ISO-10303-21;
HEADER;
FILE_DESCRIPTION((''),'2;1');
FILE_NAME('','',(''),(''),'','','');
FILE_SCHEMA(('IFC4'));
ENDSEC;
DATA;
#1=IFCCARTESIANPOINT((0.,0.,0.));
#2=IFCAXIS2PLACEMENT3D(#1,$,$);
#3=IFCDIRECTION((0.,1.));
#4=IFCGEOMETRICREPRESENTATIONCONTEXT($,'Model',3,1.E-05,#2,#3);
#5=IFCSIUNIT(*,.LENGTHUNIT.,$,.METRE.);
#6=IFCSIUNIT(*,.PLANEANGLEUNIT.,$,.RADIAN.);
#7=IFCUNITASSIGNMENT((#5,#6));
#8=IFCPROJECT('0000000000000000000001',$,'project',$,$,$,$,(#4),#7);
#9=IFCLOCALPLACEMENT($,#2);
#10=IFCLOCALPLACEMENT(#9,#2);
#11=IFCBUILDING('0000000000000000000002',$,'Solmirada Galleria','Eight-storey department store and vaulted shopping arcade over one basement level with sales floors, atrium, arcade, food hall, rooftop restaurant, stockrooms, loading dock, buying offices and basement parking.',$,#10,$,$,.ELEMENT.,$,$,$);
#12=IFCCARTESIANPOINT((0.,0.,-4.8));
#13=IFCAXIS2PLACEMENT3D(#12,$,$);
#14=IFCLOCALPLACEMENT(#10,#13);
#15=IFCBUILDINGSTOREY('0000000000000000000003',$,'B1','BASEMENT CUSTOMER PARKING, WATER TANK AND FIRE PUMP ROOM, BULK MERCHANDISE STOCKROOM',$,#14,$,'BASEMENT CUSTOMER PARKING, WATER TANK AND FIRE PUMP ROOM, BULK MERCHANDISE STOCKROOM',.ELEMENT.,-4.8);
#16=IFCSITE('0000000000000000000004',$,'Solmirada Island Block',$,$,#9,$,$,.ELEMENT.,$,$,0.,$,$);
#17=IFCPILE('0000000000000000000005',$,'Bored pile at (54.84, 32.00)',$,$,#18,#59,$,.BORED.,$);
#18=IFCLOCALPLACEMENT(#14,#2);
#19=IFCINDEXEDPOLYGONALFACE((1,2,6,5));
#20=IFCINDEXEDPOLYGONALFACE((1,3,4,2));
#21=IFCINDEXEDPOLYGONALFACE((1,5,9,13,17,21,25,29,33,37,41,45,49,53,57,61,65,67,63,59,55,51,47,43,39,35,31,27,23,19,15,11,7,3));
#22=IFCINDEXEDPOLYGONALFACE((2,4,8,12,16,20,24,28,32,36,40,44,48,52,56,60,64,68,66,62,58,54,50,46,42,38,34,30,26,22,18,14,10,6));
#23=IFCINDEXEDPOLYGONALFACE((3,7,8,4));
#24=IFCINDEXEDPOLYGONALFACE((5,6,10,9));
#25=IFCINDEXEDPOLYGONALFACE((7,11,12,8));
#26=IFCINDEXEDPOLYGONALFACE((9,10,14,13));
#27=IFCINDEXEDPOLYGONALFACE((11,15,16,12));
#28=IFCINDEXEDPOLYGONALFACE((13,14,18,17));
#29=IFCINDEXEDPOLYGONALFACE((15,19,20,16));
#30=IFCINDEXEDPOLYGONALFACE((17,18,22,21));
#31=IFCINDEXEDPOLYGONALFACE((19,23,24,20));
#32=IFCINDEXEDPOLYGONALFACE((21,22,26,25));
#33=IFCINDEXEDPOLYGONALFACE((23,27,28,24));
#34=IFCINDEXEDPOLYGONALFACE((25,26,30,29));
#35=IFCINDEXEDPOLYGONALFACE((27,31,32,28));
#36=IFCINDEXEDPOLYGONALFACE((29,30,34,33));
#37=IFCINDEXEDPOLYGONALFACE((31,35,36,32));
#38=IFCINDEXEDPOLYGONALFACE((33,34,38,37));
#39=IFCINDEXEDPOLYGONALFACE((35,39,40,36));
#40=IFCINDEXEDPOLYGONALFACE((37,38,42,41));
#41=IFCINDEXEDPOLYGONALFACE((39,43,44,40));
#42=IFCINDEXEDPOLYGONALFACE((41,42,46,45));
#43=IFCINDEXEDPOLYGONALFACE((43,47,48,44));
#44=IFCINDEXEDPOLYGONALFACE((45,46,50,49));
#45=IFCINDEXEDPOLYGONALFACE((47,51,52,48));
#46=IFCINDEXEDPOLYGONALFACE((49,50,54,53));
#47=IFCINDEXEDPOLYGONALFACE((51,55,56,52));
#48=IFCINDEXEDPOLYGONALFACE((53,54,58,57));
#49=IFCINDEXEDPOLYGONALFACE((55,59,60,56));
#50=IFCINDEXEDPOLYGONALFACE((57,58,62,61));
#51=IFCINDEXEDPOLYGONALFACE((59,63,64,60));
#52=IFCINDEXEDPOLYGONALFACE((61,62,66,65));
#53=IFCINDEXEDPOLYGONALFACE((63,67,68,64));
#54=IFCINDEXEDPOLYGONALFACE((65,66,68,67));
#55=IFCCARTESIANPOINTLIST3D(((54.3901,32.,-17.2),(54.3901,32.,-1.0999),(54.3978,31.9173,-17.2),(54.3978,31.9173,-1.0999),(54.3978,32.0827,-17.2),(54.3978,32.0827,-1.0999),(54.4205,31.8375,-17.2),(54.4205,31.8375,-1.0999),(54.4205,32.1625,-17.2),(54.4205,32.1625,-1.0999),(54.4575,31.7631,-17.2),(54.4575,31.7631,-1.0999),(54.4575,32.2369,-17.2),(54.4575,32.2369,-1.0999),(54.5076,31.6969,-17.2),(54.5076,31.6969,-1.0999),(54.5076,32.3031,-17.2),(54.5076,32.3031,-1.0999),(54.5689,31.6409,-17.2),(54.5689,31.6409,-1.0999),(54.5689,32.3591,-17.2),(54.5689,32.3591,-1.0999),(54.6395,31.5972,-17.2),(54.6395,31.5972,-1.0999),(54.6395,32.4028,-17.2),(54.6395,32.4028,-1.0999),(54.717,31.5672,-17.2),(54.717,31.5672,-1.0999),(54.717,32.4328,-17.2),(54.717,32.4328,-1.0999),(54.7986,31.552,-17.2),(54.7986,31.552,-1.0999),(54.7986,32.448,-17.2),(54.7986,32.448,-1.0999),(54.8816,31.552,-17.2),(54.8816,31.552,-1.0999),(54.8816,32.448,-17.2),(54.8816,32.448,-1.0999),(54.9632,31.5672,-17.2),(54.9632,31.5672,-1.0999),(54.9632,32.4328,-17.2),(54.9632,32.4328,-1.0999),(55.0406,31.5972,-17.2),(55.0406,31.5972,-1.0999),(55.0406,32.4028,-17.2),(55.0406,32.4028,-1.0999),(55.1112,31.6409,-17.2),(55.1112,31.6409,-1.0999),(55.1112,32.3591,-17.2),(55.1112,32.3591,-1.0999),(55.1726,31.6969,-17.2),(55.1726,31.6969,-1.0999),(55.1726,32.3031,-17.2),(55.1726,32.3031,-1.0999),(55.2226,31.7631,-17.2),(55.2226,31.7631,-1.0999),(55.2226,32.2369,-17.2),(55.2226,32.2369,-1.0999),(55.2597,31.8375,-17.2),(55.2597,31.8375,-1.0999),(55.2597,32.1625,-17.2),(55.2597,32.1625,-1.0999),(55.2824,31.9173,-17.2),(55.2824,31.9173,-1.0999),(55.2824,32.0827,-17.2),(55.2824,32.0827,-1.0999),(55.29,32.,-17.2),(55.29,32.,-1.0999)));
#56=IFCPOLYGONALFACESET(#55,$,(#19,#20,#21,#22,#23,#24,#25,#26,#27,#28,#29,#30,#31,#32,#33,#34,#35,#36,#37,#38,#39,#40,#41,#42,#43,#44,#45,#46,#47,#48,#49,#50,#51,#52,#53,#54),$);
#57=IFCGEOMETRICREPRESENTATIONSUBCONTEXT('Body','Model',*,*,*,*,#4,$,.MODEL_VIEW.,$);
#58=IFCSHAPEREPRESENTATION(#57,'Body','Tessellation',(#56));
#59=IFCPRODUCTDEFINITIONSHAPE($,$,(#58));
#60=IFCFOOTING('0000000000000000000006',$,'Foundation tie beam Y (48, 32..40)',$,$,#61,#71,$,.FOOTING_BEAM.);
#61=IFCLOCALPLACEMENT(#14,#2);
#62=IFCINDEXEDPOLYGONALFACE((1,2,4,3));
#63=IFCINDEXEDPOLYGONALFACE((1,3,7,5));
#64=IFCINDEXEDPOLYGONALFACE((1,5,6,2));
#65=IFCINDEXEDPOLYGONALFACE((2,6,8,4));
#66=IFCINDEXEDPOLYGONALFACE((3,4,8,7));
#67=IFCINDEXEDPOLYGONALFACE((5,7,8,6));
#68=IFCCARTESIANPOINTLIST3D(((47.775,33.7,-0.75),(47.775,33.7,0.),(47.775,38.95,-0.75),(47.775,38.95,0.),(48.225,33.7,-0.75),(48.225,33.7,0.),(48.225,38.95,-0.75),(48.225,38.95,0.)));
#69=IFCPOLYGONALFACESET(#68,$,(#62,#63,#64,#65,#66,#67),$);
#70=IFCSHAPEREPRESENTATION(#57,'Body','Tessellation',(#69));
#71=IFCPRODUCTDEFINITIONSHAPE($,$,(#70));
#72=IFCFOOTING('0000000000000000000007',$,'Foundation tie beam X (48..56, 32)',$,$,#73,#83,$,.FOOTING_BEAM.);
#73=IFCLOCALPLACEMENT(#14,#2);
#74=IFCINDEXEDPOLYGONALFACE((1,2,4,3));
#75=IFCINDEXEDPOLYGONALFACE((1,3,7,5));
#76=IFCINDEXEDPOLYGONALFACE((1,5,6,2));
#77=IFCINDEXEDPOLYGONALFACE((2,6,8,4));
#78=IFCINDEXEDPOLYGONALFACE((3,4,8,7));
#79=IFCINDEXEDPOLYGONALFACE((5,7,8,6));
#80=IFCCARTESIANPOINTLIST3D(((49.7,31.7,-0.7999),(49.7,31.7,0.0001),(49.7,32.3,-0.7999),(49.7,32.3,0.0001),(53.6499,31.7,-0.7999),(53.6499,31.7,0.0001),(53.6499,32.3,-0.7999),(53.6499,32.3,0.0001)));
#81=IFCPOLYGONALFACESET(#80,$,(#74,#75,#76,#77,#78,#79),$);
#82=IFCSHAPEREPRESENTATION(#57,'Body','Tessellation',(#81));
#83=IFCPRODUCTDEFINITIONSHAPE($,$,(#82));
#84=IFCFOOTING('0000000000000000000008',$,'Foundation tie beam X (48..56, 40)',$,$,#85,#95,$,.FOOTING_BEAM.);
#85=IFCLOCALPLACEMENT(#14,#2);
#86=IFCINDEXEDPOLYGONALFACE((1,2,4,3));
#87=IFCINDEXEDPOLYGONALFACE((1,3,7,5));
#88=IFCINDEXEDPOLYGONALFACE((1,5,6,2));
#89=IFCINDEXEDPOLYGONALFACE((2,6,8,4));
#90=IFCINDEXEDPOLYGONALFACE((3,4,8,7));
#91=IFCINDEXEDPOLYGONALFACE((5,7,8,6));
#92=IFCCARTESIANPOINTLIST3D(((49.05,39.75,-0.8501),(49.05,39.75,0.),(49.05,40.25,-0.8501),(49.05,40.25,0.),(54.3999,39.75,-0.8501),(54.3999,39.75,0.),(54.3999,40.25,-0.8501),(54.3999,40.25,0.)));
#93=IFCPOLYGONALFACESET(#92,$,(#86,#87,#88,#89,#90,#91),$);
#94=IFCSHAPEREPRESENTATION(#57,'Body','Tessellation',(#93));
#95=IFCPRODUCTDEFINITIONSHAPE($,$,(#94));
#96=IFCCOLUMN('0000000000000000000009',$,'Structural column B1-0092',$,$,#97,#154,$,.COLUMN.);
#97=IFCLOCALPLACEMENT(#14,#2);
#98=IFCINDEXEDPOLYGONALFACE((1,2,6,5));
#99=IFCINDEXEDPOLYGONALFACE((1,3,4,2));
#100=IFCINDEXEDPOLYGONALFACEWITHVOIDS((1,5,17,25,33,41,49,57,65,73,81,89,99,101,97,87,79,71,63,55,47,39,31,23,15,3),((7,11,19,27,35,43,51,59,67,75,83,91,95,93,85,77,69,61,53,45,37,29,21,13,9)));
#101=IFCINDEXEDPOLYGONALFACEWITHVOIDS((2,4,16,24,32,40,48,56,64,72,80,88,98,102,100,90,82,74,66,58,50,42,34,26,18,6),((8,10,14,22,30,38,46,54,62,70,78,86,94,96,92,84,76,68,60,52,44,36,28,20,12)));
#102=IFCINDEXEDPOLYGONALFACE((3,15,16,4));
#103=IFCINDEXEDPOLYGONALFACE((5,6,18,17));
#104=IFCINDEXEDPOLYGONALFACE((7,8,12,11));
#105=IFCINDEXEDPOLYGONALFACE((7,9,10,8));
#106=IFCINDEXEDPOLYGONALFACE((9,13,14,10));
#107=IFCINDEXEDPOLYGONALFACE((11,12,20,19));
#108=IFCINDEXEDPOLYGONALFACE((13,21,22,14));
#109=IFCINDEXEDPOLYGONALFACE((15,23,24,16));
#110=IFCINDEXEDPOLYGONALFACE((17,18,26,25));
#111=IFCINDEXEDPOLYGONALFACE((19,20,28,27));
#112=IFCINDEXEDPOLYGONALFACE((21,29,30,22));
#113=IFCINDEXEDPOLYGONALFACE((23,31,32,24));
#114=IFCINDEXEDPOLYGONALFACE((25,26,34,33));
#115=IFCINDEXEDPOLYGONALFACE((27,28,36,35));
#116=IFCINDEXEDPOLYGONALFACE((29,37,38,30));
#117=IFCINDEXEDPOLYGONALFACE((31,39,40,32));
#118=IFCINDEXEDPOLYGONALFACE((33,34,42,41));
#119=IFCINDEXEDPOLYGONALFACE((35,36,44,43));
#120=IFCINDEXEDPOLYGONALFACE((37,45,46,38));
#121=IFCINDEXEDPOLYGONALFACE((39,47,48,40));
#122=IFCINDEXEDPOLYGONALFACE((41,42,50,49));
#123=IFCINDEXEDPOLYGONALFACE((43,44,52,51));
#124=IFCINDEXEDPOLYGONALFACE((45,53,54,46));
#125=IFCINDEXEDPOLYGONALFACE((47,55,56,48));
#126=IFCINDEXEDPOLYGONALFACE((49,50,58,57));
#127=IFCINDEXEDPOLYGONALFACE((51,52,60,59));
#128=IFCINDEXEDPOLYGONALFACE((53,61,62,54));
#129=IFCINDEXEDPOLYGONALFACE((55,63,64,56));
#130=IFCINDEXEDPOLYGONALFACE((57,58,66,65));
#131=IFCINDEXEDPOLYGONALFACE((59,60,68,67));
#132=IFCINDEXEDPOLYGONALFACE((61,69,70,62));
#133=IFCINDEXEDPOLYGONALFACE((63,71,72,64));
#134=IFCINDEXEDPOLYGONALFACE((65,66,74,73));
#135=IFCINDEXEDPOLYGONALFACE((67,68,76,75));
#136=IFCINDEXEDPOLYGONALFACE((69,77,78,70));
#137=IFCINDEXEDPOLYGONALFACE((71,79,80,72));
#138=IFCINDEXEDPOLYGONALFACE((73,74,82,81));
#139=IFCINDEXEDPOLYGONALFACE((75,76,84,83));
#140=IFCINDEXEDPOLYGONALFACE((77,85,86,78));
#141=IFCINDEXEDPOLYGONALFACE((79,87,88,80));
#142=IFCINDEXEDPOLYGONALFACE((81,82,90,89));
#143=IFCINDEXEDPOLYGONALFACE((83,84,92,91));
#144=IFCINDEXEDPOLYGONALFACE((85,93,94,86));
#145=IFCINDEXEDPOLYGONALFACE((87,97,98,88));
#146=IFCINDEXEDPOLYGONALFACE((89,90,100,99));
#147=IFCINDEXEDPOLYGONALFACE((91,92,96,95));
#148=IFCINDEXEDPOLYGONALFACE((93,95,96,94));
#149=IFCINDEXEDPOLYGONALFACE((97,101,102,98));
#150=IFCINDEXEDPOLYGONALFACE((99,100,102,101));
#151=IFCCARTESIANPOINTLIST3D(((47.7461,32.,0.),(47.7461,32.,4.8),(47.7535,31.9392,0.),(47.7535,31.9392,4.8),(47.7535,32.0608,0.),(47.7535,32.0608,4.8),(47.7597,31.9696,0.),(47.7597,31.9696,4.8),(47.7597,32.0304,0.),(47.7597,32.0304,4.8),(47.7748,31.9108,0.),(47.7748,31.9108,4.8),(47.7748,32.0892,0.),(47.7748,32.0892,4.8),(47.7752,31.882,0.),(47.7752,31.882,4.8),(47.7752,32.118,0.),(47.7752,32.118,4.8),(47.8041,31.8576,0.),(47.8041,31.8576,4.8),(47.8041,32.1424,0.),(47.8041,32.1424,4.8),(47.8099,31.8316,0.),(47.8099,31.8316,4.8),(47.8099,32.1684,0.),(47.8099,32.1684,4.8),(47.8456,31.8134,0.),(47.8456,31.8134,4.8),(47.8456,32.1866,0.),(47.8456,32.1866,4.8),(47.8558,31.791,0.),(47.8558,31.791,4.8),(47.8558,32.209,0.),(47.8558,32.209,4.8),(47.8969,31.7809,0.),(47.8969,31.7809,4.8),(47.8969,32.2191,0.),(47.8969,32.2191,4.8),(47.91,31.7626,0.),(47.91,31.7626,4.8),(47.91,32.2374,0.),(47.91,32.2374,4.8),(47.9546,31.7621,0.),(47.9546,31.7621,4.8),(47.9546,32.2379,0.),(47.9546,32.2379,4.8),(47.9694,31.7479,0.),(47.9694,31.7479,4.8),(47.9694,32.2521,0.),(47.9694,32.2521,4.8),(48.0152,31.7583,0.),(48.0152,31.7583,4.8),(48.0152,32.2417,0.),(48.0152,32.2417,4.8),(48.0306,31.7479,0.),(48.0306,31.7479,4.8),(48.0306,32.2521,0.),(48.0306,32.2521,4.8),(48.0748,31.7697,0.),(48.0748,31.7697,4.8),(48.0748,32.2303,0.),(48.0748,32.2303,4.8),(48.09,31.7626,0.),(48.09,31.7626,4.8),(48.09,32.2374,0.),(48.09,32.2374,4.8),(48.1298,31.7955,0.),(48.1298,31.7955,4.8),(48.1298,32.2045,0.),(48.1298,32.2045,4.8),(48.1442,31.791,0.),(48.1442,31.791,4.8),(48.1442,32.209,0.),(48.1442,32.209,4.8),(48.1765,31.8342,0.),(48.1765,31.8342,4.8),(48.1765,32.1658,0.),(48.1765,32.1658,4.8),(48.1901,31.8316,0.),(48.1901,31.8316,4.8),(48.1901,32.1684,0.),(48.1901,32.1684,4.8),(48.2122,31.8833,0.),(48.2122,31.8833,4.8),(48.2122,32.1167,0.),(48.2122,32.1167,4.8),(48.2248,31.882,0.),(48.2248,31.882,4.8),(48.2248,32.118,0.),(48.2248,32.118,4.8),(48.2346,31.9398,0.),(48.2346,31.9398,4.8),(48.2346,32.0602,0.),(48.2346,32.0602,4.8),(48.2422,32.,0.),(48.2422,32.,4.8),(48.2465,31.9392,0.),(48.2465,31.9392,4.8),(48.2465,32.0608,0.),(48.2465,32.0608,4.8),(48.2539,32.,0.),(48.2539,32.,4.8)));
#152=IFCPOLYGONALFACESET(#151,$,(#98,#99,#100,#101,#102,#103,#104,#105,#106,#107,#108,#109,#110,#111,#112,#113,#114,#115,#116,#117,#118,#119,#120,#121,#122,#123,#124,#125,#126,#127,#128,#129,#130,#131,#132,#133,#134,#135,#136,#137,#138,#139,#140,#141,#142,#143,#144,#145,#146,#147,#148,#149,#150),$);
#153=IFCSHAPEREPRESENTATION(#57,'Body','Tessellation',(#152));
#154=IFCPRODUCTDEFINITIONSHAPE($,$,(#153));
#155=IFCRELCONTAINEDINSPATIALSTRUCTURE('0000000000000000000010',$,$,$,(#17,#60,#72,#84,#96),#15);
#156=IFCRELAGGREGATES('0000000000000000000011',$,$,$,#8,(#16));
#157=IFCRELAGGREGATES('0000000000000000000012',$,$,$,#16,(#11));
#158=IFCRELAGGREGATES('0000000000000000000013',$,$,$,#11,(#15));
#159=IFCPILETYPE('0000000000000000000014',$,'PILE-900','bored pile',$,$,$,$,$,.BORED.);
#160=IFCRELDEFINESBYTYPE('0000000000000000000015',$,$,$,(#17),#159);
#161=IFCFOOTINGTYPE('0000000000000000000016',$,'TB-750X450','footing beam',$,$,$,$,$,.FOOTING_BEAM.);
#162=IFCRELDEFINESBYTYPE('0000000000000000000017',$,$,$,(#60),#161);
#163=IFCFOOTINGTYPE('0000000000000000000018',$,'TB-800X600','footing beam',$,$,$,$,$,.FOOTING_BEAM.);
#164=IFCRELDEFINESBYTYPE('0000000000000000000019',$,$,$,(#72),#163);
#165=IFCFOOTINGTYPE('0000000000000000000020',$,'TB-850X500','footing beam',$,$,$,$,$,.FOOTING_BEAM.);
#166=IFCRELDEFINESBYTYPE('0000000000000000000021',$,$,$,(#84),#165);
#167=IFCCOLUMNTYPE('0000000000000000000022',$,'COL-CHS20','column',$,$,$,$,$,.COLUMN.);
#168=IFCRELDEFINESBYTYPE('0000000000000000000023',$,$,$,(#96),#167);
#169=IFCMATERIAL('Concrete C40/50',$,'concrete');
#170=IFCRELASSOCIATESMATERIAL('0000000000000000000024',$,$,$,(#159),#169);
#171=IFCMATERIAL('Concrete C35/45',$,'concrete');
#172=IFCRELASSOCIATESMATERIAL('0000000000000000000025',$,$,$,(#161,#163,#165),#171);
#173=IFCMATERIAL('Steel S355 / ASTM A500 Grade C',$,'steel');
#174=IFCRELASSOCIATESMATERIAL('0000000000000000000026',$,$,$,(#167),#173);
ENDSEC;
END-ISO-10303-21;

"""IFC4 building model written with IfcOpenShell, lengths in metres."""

from ifc_helpers import new_model, si_unit, direction, frame, origin, origin_2d, place, context, subcontext, project, spatial, rectangle, circle, hollow_circle, extrude, material, material_profile, profile_set, type_object, element, save


model = new_model("IFC4")

# Units and contexts
model_context = context("Model", 3, precision=1e-05, world=origin(), true_north=direction((0.0, 1.0)))
body_context = subcontext(model_context, "Body", "Model", "MODEL_VIEW")
ifc_project = project(units=[si_unit("LENGTHUNIT", "METRE"), si_unit("PLANEANGLEUNIT", "RADIAN")], contexts=[model_context])

# Site, building, storey
site_placement = place(None, origin())
site = spatial("IfcSite", under=ifc_project, at=site_placement, Name="Solmirada Island Block", CompositionType="ELEMENT", RefElevation=0.0)
building_placement = place(site_placement, origin())
building = spatial("IfcBuilding", under=site, at=building_placement, Name="Solmirada Galleria", Description="Eight-storey department store and vaulted shopping arcade over one basement level with sales floors, atrium, arcade, food hall, rooftop restaurant, stockrooms, loading dock, buying offices and basement parking.", CompositionType="ELEMENT")
storey_placement = place(building_placement, frame((0.0, 0.0, -4.8)))
storey = spatial("IfcBuildingStorey", under=building, at=storey_placement, Name="B1", Description="BASEMENT CUSTOMER PARKING, WATER TANK AND FIRE PUMP ROOM, BULK MERCHANDISE STOCKROOM", LongName="BASEMENT CUSTOMER PARKING, WATER TANK AND FIRE PUMP ROOM, BULK MERCHANDISE STOCKROOM", CompositionType="ELEMENT", Elevation=-4.8)

# Shared definitions
ifc_material_1 = material(Name="Concrete C35/45", Category="concrete")

# Pile
ifc_material_2 = material(Name="Concrete C40/50", Category="concrete")
ifc_material_profile_1 = material_profile(ifc_material_2, circle(Radius=0.45, at=origin_2d()), Name="PILE900")
ifc_profile_set_1 = profile_set([ifc_material_profile_1], Name="Concrete C40/50")
pile_type = type_object("IfcPileType", Name="PILE-900", Description="bored pile", PredefinedType="BORED", material=ifc_profile_set_1)
pile_1_placement = place(storey_placement, frame((54.8401, 32.0, -1.0999), z_axis=(0.0, 0.0, -1.0), x_axis=(1.0, 0.0, 0.0)))
element("IfcPile", 1, at=pile_1_placement, inside=storey, type_object=pile_type, Name="Bored pile at (54.84, 32.00)", PredefinedType="BORED", context=body_context, shape_type="SweptSolid", body=[
    extrude(circle(Radius=0.45, at=origin_2d()), origin(), (0.0, 0.0, 1.0), 16.1001),
])

# Footings
ifc_material_profile_2 = material_profile(ifc_material_1, rectangle(XDim=0.45, YDim=0.75, at=origin_2d()), Name="RC750X450")
ifc_profile_set_2 = profile_set([ifc_material_profile_2], Name="Concrete C35/45")
footing_type_1 = type_object("IfcFootingType", Name="TB-750X450", Description="footing beam", PredefinedType="FOOTING_BEAM", material=ifc_profile_set_2)
footing_1_placement = place(storey_placement, frame((48.0, 33.7, -0.375), z_axis=(0.0, 1.0, 0.0), x_axis=(-1.0, 0.0, 0.0)))
element("IfcFooting", 2, at=footing_1_placement, inside=storey, type_object=footing_type_1, Name="Foundation tie beam Y (48, 32..40)", PredefinedType="FOOTING_BEAM", context=body_context, shape_type="SweptSolid", body=[
    extrude(rectangle(XDim=0.45, YDim=0.75, at=origin_2d()), origin(), (0.0, 0.0, 1.0), 5.25),
])
ifc_material_profile_3 = material_profile(ifc_material_1, rectangle(XDim=0.6001, YDim=0.8, at=origin_2d()), Name="RC800X600")
ifc_profile_set_3 = profile_set([ifc_material_profile_3], Name="Concrete C35/45")
footing_type_2 = type_object("IfcFootingType", Name="TB-800X600", Description="footing beam", PredefinedType="FOOTING_BEAM", material=ifc_profile_set_3)
footing_2_placement = place(storey_placement, frame((49.7, 32.0, -0.3999), z_axis=(1.0, 0.0, 0.0), x_axis=(0.0, 1.0, 0.0)))
element("IfcFooting", 3, at=footing_2_placement, inside=storey, type_object=footing_type_2, Name="Foundation tie beam X (48..56, 32)", PredefinedType="FOOTING_BEAM", context=body_context, shape_type="SweptSolid", body=[
    extrude(rectangle(XDim=0.6001, YDim=0.8, at=origin_2d()), origin(), (0.0, 0.0, 1.0), 3.95),
])
ifc_material_profile_4 = material_profile(ifc_material_1, rectangle(XDim=0.5, YDim=0.8501, at=origin_2d()), Name="RC850X500")
ifc_profile_set_4 = profile_set([ifc_material_profile_4], Name="Concrete C35/45")
footing_type_3 = type_object("IfcFootingType", Name="TB-850X500", Description="footing beam", PredefinedType="FOOTING_BEAM", material=ifc_profile_set_4)
footing_3_placement = place(storey_placement, frame((49.05, 40.0, -0.425), z_axis=(1.0, 0.0, 0.0), x_axis=(0.0, 1.0, 0.0)))
element("IfcFooting", 4, at=footing_3_placement, inside=storey, type_object=footing_type_3, Name="Foundation tie beam X (48..56, 40)", PredefinedType="FOOTING_BEAM", context=body_context, shape_type="SweptSolid", body=[
    extrude(rectangle(XDim=0.5, YDim=0.8501, at=origin_2d()), origin(), (0.0, 0.0, 1.0), 5.3499),
])

# Column
ifc_material_3 = material(Name="Steel S355 / ASTM A500 Grade C", Category="steel")
ifc_material_profile_5 = material_profile(ifc_material_3, hollow_circle(Radius=0.2539, WallThickness=0.0117, at=origin_2d()), Name="HSS20.000X0.500")
ifc_profile_set_5 = profile_set([ifc_material_profile_5], Name="Steel S355 / ASTM A500 Grade C")
column_type_1 = type_object("IfcColumnType", Name="COL-CHS20", Description="column", PredefinedType="COLUMN", material=ifc_profile_set_5)
column_placement = place(storey_placement, frame((48.0, 32.0, 0.0), z_axis=(0.0, 0.0, 1.0), x_axis=(1.0, 0.0, 0.0)))
element("IfcColumn", 5, at=column_placement, inside=storey, type_object=column_type_1, Name="Structural column B1-0092", PredefinedType="COLUMN", context=body_context, shape_type="SweptSolid", body=[
    extrude(hollow_circle(Radius=0.2539, WallThickness=0.0117, at=origin_2d()), origin(), (0.0, 0.0, 1.0), 4.8),
])

save(model, "model.ifc")
